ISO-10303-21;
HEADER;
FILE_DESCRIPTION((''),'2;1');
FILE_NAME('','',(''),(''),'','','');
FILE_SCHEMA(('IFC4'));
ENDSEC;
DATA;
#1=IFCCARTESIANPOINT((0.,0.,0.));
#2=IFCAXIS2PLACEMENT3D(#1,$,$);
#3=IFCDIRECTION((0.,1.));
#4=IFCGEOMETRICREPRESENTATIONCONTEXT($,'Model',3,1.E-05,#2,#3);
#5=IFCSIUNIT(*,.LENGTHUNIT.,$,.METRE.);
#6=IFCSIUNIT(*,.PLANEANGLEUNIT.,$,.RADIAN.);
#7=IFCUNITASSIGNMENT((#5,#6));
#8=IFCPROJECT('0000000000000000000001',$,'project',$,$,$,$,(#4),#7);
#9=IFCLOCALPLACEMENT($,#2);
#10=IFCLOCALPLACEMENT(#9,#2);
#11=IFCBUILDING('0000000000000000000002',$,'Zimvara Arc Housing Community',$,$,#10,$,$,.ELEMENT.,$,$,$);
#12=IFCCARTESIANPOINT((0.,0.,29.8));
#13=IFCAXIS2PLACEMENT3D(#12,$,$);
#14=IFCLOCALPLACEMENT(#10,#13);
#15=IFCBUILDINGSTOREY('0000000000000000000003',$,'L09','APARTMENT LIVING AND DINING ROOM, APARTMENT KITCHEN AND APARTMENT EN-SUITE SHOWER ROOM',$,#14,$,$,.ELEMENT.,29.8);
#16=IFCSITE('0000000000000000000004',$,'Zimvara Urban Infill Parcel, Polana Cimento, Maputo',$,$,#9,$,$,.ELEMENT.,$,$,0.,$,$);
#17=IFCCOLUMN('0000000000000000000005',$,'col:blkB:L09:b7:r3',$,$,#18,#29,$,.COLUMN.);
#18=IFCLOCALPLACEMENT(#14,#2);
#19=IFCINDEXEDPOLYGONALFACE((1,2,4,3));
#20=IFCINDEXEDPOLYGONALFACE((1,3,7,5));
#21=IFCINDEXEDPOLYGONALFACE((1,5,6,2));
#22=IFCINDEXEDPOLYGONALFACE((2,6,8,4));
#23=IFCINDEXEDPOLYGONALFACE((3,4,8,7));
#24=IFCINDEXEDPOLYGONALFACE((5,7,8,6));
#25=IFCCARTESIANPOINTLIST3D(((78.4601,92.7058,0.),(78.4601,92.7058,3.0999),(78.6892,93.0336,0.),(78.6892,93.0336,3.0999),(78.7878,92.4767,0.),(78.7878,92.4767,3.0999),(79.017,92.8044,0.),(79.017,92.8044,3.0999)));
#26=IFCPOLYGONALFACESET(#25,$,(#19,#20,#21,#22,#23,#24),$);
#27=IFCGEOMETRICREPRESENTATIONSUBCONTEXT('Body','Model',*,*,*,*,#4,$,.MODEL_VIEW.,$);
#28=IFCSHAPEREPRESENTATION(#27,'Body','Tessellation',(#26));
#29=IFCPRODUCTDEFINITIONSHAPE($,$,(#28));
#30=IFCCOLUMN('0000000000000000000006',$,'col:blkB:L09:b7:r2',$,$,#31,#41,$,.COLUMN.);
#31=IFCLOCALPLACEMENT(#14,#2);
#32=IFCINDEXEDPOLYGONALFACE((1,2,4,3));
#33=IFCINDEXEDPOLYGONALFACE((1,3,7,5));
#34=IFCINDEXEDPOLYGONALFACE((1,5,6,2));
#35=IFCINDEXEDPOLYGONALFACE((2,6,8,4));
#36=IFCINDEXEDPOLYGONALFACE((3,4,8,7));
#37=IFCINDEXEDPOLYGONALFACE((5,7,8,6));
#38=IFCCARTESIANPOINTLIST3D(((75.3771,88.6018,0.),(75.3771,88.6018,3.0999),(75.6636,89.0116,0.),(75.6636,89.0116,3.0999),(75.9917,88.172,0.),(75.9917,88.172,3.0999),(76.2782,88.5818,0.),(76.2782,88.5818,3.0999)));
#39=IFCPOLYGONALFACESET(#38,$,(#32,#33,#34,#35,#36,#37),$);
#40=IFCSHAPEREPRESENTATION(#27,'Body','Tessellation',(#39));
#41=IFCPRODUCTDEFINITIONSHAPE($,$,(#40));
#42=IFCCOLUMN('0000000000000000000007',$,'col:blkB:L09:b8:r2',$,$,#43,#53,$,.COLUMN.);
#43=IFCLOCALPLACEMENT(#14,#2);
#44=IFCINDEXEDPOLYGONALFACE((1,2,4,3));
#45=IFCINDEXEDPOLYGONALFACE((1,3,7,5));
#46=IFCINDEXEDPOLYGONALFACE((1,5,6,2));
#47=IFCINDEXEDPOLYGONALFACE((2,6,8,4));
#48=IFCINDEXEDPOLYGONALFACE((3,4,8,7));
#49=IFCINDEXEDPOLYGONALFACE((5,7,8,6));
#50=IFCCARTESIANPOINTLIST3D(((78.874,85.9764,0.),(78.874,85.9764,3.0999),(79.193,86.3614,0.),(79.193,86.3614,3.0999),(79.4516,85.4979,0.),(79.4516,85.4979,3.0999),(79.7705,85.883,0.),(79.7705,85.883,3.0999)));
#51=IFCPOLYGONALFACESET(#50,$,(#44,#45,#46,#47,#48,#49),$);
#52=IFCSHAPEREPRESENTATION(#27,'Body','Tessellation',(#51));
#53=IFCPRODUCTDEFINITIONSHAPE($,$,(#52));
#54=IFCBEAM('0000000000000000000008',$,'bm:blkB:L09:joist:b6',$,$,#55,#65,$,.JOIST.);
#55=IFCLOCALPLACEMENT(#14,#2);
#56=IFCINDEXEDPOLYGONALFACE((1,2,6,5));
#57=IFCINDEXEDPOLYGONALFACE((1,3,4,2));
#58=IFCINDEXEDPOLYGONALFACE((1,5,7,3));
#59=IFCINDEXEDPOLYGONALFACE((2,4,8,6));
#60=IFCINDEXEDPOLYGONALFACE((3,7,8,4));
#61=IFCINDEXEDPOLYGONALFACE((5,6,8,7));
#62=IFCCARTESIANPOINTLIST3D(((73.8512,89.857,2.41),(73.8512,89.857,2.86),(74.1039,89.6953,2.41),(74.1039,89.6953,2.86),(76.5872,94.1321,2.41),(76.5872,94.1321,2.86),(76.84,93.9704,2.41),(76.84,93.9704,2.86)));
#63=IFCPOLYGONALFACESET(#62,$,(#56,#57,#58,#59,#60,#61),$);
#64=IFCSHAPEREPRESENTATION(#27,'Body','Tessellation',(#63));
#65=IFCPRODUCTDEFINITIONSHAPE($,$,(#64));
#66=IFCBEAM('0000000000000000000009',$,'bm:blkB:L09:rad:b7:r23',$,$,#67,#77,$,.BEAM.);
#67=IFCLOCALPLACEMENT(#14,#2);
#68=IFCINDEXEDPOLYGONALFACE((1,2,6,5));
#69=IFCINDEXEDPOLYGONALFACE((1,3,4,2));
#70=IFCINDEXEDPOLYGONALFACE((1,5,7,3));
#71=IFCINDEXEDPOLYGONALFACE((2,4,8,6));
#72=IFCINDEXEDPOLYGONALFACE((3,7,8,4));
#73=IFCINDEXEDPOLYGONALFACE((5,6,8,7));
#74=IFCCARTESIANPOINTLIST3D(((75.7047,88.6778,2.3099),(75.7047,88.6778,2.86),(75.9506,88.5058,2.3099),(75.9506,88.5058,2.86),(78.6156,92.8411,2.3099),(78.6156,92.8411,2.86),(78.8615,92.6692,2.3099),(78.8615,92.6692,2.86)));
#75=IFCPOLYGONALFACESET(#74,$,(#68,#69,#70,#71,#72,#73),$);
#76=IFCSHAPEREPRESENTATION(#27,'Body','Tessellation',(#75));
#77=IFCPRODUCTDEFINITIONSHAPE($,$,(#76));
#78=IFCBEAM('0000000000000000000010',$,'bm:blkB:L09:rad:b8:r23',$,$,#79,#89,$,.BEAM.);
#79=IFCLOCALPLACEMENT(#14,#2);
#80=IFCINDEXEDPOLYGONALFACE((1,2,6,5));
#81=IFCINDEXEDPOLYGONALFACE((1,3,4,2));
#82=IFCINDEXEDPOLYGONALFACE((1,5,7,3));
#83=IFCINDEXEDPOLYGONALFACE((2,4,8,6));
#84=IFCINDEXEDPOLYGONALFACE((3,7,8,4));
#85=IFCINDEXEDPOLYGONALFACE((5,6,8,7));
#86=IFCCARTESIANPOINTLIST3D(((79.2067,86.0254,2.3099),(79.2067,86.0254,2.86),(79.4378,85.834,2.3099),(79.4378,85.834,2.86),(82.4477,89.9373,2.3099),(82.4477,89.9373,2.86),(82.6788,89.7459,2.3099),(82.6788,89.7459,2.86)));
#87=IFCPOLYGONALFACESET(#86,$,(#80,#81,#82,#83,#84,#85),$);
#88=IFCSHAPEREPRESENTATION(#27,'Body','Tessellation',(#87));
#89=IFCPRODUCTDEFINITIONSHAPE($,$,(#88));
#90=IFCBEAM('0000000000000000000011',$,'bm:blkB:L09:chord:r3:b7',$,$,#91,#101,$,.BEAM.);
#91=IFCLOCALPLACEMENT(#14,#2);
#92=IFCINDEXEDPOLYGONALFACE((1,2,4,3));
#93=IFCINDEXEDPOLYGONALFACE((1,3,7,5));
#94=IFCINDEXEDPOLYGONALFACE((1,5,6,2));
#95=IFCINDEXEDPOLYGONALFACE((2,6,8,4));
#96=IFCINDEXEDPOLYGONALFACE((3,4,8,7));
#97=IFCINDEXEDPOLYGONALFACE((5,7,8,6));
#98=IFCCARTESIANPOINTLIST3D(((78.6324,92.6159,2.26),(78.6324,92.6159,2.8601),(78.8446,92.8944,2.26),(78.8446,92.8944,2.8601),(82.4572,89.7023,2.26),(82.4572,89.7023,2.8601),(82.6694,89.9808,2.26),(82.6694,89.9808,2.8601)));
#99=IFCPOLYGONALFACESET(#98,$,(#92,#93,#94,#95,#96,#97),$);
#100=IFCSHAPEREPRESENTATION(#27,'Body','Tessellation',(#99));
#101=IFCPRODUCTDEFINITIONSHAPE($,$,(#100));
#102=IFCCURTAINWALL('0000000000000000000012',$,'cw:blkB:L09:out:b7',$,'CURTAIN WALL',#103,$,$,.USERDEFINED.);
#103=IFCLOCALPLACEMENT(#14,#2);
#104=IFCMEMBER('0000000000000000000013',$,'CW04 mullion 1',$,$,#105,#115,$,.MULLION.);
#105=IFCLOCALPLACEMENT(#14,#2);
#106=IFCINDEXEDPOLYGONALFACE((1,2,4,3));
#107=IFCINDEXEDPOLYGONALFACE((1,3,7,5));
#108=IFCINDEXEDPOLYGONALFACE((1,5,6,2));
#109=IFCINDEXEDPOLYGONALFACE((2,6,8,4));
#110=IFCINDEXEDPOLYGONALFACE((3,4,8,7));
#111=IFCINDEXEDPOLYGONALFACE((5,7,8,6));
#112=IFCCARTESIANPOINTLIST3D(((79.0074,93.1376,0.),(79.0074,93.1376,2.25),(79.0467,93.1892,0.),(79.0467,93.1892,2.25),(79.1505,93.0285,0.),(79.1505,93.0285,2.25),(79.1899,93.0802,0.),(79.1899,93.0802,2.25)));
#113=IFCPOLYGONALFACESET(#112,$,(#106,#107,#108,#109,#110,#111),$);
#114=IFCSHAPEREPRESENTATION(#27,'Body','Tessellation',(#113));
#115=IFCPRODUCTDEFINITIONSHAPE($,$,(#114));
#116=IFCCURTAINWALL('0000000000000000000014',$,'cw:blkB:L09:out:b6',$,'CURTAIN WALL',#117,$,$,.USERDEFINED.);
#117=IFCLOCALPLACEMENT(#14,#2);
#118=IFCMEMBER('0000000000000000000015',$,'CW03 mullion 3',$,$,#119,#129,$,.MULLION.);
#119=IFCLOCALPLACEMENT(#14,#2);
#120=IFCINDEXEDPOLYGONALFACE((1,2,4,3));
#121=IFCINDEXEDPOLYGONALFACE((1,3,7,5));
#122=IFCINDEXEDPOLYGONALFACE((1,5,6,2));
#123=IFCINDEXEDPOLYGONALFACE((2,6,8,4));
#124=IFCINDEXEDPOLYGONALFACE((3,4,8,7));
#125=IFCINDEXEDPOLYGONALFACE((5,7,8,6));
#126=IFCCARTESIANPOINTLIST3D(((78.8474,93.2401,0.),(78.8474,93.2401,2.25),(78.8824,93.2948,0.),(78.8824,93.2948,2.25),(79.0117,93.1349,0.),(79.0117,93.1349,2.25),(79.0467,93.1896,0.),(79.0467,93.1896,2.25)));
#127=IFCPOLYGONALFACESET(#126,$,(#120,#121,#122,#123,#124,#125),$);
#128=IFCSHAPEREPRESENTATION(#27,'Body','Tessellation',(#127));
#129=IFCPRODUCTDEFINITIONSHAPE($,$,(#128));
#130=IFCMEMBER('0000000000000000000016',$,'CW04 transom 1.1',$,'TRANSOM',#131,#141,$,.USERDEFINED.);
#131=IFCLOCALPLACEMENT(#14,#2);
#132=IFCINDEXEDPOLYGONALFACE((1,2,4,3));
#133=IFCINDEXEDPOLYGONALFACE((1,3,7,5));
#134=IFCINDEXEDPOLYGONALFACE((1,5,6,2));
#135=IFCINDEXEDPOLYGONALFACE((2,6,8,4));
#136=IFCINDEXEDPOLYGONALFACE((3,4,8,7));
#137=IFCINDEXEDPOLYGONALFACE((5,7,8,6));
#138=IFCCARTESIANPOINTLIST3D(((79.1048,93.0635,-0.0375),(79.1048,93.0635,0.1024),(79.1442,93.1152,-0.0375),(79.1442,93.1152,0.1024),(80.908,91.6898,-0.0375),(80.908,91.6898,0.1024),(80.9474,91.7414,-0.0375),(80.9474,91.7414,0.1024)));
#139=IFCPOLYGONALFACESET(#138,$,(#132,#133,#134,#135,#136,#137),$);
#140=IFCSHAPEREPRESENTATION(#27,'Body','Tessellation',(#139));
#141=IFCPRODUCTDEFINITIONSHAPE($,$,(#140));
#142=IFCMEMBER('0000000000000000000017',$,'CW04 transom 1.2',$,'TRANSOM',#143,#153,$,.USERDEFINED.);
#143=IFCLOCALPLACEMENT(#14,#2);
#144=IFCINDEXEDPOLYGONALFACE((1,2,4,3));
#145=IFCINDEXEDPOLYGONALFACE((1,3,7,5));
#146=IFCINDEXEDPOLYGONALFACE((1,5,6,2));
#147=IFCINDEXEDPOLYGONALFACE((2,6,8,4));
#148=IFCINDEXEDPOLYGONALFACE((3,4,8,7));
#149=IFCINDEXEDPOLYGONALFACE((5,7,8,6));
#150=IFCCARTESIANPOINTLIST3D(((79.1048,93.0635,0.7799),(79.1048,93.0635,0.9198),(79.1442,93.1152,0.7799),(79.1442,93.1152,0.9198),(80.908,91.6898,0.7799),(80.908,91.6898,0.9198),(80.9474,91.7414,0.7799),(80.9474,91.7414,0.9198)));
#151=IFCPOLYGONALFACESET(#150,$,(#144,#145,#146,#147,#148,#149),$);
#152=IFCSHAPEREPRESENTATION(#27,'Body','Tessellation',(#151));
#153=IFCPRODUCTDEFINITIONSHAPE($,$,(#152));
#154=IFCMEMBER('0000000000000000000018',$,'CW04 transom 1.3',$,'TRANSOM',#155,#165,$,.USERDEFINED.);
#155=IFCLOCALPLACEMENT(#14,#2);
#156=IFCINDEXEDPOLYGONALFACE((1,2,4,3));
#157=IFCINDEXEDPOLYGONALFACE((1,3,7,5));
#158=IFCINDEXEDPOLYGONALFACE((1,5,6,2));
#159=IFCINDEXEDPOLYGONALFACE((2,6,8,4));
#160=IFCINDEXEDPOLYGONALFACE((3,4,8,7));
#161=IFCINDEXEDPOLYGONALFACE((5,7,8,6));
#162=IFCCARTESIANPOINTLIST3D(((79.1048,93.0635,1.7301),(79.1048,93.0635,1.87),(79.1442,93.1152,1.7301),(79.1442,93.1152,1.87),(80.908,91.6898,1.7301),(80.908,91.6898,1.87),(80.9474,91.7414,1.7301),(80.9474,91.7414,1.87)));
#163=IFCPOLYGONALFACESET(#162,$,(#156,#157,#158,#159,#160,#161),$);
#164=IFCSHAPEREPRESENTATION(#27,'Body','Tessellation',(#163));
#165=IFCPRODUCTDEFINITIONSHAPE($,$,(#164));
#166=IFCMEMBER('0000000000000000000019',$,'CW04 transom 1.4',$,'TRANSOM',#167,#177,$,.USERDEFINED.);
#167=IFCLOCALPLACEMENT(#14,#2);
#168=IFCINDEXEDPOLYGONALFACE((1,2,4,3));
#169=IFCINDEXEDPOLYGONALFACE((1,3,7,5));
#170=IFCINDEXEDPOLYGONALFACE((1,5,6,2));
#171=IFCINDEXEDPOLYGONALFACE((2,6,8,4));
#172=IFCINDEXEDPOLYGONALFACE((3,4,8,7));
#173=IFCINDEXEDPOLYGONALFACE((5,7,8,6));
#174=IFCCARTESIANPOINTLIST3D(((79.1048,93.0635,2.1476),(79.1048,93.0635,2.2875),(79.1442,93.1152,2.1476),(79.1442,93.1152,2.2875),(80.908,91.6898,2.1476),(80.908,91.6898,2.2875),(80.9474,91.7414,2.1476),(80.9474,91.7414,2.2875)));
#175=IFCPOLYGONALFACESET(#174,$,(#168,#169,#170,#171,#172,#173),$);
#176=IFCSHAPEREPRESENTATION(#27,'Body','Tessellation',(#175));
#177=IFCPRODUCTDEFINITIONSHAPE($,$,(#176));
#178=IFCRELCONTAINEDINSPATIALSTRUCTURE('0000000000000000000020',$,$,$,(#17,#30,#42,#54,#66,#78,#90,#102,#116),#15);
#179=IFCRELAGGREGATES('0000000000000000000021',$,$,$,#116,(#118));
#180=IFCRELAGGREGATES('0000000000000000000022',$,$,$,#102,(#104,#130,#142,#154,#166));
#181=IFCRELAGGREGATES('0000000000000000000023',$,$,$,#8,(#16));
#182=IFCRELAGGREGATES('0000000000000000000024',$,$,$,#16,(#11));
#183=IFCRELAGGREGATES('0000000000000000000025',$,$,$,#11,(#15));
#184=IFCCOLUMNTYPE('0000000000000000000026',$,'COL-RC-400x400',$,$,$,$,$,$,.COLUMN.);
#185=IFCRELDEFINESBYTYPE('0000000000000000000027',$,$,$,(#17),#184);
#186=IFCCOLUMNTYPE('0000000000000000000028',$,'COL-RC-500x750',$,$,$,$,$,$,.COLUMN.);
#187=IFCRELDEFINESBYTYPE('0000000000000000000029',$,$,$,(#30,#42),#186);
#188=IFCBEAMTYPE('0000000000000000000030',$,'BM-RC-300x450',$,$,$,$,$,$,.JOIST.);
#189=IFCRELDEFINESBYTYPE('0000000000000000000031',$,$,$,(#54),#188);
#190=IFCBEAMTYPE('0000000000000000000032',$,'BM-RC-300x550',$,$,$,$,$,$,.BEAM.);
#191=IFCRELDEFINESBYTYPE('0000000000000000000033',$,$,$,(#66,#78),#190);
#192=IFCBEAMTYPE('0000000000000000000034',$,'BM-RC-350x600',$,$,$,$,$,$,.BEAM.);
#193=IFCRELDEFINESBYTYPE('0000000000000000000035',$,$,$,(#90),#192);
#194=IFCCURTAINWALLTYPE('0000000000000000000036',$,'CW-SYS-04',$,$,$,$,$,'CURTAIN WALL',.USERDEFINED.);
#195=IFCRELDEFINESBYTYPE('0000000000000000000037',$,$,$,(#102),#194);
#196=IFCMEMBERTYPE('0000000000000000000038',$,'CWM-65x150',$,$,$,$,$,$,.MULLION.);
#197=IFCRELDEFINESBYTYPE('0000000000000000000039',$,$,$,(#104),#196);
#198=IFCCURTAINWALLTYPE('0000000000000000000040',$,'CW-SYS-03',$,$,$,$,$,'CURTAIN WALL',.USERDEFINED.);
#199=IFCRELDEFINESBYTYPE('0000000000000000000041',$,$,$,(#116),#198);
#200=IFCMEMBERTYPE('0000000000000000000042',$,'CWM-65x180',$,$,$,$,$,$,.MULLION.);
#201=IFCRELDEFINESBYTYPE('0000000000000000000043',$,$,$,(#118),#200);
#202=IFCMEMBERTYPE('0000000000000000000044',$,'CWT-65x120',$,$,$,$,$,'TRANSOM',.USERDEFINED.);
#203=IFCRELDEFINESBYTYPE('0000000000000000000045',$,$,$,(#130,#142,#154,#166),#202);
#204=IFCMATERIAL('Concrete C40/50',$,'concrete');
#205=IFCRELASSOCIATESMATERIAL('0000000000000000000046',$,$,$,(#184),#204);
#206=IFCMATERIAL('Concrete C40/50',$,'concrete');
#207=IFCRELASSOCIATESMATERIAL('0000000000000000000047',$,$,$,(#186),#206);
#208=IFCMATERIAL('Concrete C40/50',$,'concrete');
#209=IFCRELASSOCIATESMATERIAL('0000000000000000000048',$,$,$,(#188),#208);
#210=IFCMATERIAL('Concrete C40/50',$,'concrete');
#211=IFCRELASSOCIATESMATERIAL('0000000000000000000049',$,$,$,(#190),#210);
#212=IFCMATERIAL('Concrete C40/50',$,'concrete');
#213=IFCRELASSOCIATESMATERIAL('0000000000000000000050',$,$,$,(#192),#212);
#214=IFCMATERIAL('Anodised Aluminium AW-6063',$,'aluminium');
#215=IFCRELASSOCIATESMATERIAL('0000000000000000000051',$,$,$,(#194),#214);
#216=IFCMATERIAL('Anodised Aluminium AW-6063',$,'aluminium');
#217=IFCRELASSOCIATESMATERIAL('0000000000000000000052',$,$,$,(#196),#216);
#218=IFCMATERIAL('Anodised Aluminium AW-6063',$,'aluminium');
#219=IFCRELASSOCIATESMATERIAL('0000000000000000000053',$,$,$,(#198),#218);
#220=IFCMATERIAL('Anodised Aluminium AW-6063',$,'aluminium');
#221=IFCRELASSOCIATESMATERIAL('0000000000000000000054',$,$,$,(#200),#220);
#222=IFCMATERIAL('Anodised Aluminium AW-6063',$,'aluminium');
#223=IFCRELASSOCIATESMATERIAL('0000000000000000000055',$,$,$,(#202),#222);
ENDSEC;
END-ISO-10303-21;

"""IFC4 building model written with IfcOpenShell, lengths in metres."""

from ifc_helpers import new_model, si_unit, direction, frame, origin, origin_2d, place, context, subcontext, project, spatial, rectangle, extrude, material, material_profile, profile_set, type_object, element, aggregate, save


model = new_model("IFC4")

# Units and contexts
model_context = context("Model", 3, precision=1e-05, world=origin(), true_north=direction((0.0, 1.0)))
body_context = subcontext(model_context, "Body", "Model", "MODEL_VIEW")
ifc_project = project(units=[si_unit("LENGTHUNIT", "METRE"), si_unit("PLANEANGLEUNIT", "RADIAN")], contexts=[model_context])

# Site, building, storey
site_placement = place(None, origin())
site = spatial("IfcSite", under=ifc_project, at=site_placement, Name="Zimvara Urban Infill Parcel, Polana Cimento, Maputo", CompositionType="ELEMENT", RefElevation=0.0)
building_placement = place(site_placement, origin())
building = spatial("IfcBuilding", under=site, at=building_placement, Name="Zimvara Arc Housing Community", CompositionType="ELEMENT")
storey_placement = place(building_placement, frame((0.0, 0.0, 29.8)))
storey = spatial("IfcBuildingStorey", under=building, at=storey_placement, Name="L09", Description="APARTMENT LIVING AND DINING ROOM, APARTMENT KITCHEN AND APARTMENT EN-SUITE SHOWER ROOM", CompositionType="ELEMENT", Elevation=29.8)

# Columns
ifc_material_1 = material(Name="Concrete C40/50", Category="concrete")
ifc_material_profile_1 = material_profile(ifc_material_1, rectangle(XDim=0.3999, YDim=0.3999, at=origin_2d()), Name="RC 400x400")
ifc_profile_set_1 = profile_set([ifc_material_profile_1], Name="Concrete C40/50")
column_type_1 = type_object("IfcColumnType", Name="COL-RC-400x400", PredefinedType="COLUMN", material=ifc_profile_set_1)
column_placement = place(storey_placement, frame((78.7385, 92.7551, 0.0), z_axis=(0.0, 0.0, 1.0), x_axis=(0.573004, 0.819552, 0.0)))
element("IfcColumn", 1, at=column_placement, inside=storey, type_object=column_type_1, Name="col:blkB:L09:b7:r3", PredefinedType="COLUMN", context=body_context, shape_type="SweptSolid", body=[
    extrude(rectangle(XDim=0.3999, YDim=0.3999, at=origin_2d()), origin(), (0.0, 0.0, 1.0), 3.0999),
])
ifc_material_2 = material(Name="Concrete C40/50", Category="concrete")
ifc_material_profile_2 = material_profile(ifc_material_2, rectangle(XDim=0.5, YDim=0.75, at=origin_2d()), Name="RC 500x750")
ifc_profile_set_2 = profile_set([ifc_material_profile_2], Name="Concrete C40/50")
column_type_2 = type_object("IfcColumnType", Name="COL-RC-500x750", PredefinedType="COLUMN", material=ifc_profile_set_2)
for number, where, z_axis, x_axis, name in (
    (2, (75.8276, 88.5918, 0.0), (0.0, 0.0, 1.0), (0.573004, 0.819552, 0.0), "col:blkB:L09:b7:r2"),
    (3, (79.3223, 85.9297, 0.0), (0.0, 0.0, 1.0), (0.637962, 0.770068, 0.0), "col:blkB:L09:b8:r2"),
):
    element("IfcColumn", number, at=place(storey_placement, frame(where, z_axis=z_axis, x_axis=x_axis)), inside=storey, type_object=column_type_2, Name=name, PredefinedType="COLUMN", context=body_context, shape_type="SweptSolid", body=[
        extrude(rectangle(XDim=0.5, YDim=0.75, at=origin_2d()), origin(), (0.0, 0.0, 1.0), 3.0999),
    ])

# Beams
ifc_material_3 = material(Name="Concrete C40/50", Category="concrete")
ifc_material_profile_3 = material_profile(ifc_material_3, rectangle(XDim=0.3, YDim=0.45, at=origin_2d()), Name="RC 300x450")
ifc_profile_set_3 = profile_set([ifc_material_profile_3], Name="Concrete C40/50")
beam_type_1 = type_object("IfcBeamType", Name="BM-RC-300x450", PredefinedType="JOIST", material=ifc_profile_set_3)
beam_1_placement = place(storey_placement, frame((73.9775, 89.7761, 2.635), z_axis=(0.539052, 0.842272, 0.0), x_axis=(-0.842272, 0.539052, 0.0)))
element("IfcBeam", 4, at=beam_1_placement, inside=storey, type_object=beam_type_1, Name="bm:blkB:L09:joist:b6", PredefinedType="JOIST", context=body_context, shape_type="SweptSolid", body=[
    extrude(rectangle(XDim=0.3, YDim=0.45, at=origin_2d()), origin(), (0.0, 0.0, 1.0), 5.0757),
])
ifc_material_4 = material(Name="Concrete C40/50", Category="concrete")
ifc_material_profile_4 = material_profile(ifc_material_4, rectangle(XDim=0.3, YDim=0.55, at=origin_2d()), Name="RC 300x550")
ifc_profile_set_4 = profile_set([ifc_material_profile_4], Name="Concrete C40/50")
beam_type_2 = type_object("IfcBeamType", Name="BM-RC-300x550", PredefinedType="BEAM", material=ifc_profile_set_4)
for number, where, z_axis, x_axis, name in (
    (5, (75.8276, 88.5918, 2.585), (0.573007, 0.81955, 0.0), (-0.81955, 0.573007, 0.0), "bm:blkB:L09:rad:b7:r23"),
    (6, (79.3223, 85.9297, 2.585), (0.637984, 0.77005, 0.0), (-0.77005, 0.637984, 0.0), "bm:blkB:L09:rad:b8:r23"),
):
    element("IfcBeam", number, at=place(storey_placement, frame(where, z_axis=z_axis, x_axis=x_axis)), inside=storey, type_object=beam_type_2, Name=name, PredefinedType="BEAM", context=body_context, shape_type="SweptSolid", body=[
        extrude(rectangle(XDim=0.3, YDim=0.55, at=origin_2d()), origin(), (0.0, 0.0, 1.0), 5.0801),
    ])
ifc_material_5 = material(Name="Concrete C40/50", Category="concrete")
ifc_material_profile_5 = material_profile(ifc_material_5, rectangle(XDim=0.3501, YDim=0.6001, at=origin_2d()), Name="RC 350x600")
ifc_profile_set_5 = profile_set([ifc_material_profile_5], Name="Concrete C40/50")
beam_type_3 = type_object("IfcBeamType", Name="BM-RC-350x600", PredefinedType="BEAM", material=ifc_profile_set_5)
beam_2_placement = place(storey_placement, frame((78.7385, 92.7551, 2.5601), z_axis=(0.795481, -0.605979, 0.0), x_axis=(0.605979, 0.795481, 0.0)))
element("IfcBeam", 7, at=beam_2_placement, inside=storey, type_object=beam_type_3, Name="bm:blkB:L09:chord:r3:b7", PredefinedType="BEAM", context=body_context, shape_type="SweptSolid", body=[
    extrude(rectangle(XDim=0.3501, YDim=0.6001, at=origin_2d()), origin(), (0.0, 0.0, 1.0), 4.8081),
])

# Curtain walls, members
ifc_material_6 = material(Name="Anodised Aluminium AW-6063", Category="aluminium")
curtain_wall_type_1 = type_object("IfcCurtainWallType", Name="CW-SYS-04", ElementType="CURTAIN WALL", PredefinedType="USERDEFINED", material=ifc_material_6)
curtain_wall_1_placement = place(storey_placement, origin())
curtain_wall_1 = element("IfcCurtainWall", 8, at=curtain_wall_1_placement, inside=storey, type_object=curtain_wall_type_1, Name="cw:blkB:L09:out:b7", ObjectType="CURTAIN WALL", PredefinedType="USERDEFINED")
ifc_material_7 = material(Name="Anodised Aluminium AW-6063", Category="aluminium")
ifc_material_profile_6 = material_profile(ifc_material_7, rectangle(XDim=0.0649, YDim=0.1799, at=origin_2d()), Name="ALU 65x180")
ifc_profile_set_6 = profile_set([ifc_material_profile_6], Name="Anodised Aluminium AW-6063")
member_type_1 = type_object("IfcMemberType", Name="CWM-65x150", PredefinedType="MULLION", material=ifc_profile_set_6)
member_1_placement = place(storey_placement, frame((79.0986, 93.1089, 0.0), z_axis=(0.0, 0.0, 1.0), x_axis=(0.605988, 0.795474, 0.0)))
member_1 = element("IfcMember", 9, at=member_1_placement, type_object=member_type_1, Name="CW04 mullion 1", PredefinedType="MULLION", context=body_context, shape_type="SweptSolid", body=[
    extrude(rectangle(XDim=0.0649, YDim=0.1799, at=origin_2d()), origin(), (0.0, 0.0, 1.0), 2.25),
])
ifc_material_8 = material(Name="Anodised Aluminium AW-6063", Category="aluminium")
curtain_wall_type_2 = type_object("IfcCurtainWallType", Name="CW-SYS-03", ElementType="CURTAIN WALL", PredefinedType="USERDEFINED", material=ifc_material_8)
curtain_wall_2_placement = place(storey_placement, origin())
curtain_wall_2 = element("IfcCurtainWall", 10, at=curtain_wall_2_placement, inside=storey, type_object=curtain_wall_type_2, Name="cw:blkB:L09:out:b6", ObjectType="CURTAIN WALL", PredefinedType="USERDEFINED")
ifc_material_9 = material(Name="Anodised Aluminium AW-6063", Category="aluminium")
ifc_material_profile_7 = material_profile(ifc_material_9, rectangle(XDim=0.0649, YDim=0.1951, at=origin_2d()), Name="ALU 65x195")
ifc_profile_set_7 = profile_set([ifc_material_profile_7], Name="Anodised Aluminium AW-6063")
member_type_2 = type_object("IfcMemberType", Name="CWM-65x180", PredefinedType="MULLION", material=ifc_profile_set_7)
member_2_placement = place(storey_placement, frame((78.947, 93.2148, 0.0), z_axis=(0.0, 0.0, 1.0), x_axis=(0.539065, 0.842264, 0.0)))
member_2 = element("IfcMember", 11, at=member_2_placement, type_object=member_type_2, Name="CW03 mullion 3", PredefinedType="MULLION", context=body_context, shape_type="SweptSolid", body=[
    extrude(rectangle(XDim=0.0649, YDim=0.1951, at=origin_2d()), origin(), (0.0, 0.0, 1.0), 2.25),
])
aggregate(curtain_wall_2, [member_2])

# Members
ifc_material_10 = material(Name="Anodised Aluminium AW-6063", Category="aluminium")
ifc_material_profile_8 = material_profile(ifc_material_10, rectangle(XDim=0.0649, YDim=0.1399, at=origin_2d()), Name="ALU 65x140")
ifc_profile_set_8 = profile_set([ifc_material_profile_8], Name="Anodised Aluminium AW-6063")
member_type_3 = type_object("IfcMemberType", Name="CWT-65x120", ElementType="TRANSOM", PredefinedType="USERDEFINED", material=ifc_profile_set_8)
member_3_placement = place(storey_placement, frame((79.1245, 93.0894, 0.0325), z_axis=(0.795454, -0.606014, 0.0), x_axis=(0.606014, 0.795454, 0.0)))
member_3 = element("IfcMember", 12, at=member_3_placement, type_object=member_type_3, Name="CW04 transom 1.1", ObjectType="TRANSOM", PredefinedType="USERDEFINED", context=body_context, shape_type="SweptSolid", body=[
    extrude(rectangle(XDim=0.0649, YDim=0.1399, at=origin_2d()), origin(), (0.0, 0.0, 1.0), 2.2668),
])
member_4_placement = place(storey_placement, frame((79.1245, 93.0894, 0.8499), z_axis=(0.795454, -0.606014, 0.0), x_axis=(0.606014, 0.795454, 0.0)))
member_4 = element("IfcMember", 13, at=member_4_placement, type_object=member_type_3, Name="CW04 transom 1.2", ObjectType="TRANSOM", PredefinedType="USERDEFINED", context=body_context, shape_type="SweptSolid", body=[
    extrude(rectangle(XDim=0.0649, YDim=0.1399, at=origin_2d()), origin(), (0.0, 0.0, 1.0), 2.2668),
])
member_5_placement = place(storey_placement, frame((79.1245, 93.0894, 1.8), z_axis=(0.795454, -0.606014, 0.0), x_axis=(0.606014, 0.795454, 0.0)))
member_5 = element("IfcMember", 14, at=member_5_placement, type_object=member_type_3, Name="CW04 transom 1.3", ObjectType="TRANSOM", PredefinedType="USERDEFINED", context=body_context, shape_type="SweptSolid", body=[
    extrude(rectangle(XDim=0.0649, YDim=0.1399, at=origin_2d()), origin(), (0.0, 0.0, 1.0), 2.2668),
])
member_6_placement = place(storey_placement, frame((79.1245, 93.0894, 2.2175), z_axis=(0.795454, -0.606014, 0.0), x_axis=(0.606014, 0.795454, 0.0)))
member_6 = element("IfcMember", 15, at=member_6_placement, type_object=member_type_3, Name="CW04 transom 1.4", ObjectType="TRANSOM", PredefinedType="USERDEFINED", context=body_context, shape_type="SweptSolid", body=[
    extrude(rectangle(XDim=0.0649, YDim=0.1399, at=origin_2d()), origin(), (0.0, 0.0, 1.0), 2.2668),
])

aggregate(curtain_wall_1, [member_1, member_3, member_4, member_5, member_6])

save(model, "model.ifc")
